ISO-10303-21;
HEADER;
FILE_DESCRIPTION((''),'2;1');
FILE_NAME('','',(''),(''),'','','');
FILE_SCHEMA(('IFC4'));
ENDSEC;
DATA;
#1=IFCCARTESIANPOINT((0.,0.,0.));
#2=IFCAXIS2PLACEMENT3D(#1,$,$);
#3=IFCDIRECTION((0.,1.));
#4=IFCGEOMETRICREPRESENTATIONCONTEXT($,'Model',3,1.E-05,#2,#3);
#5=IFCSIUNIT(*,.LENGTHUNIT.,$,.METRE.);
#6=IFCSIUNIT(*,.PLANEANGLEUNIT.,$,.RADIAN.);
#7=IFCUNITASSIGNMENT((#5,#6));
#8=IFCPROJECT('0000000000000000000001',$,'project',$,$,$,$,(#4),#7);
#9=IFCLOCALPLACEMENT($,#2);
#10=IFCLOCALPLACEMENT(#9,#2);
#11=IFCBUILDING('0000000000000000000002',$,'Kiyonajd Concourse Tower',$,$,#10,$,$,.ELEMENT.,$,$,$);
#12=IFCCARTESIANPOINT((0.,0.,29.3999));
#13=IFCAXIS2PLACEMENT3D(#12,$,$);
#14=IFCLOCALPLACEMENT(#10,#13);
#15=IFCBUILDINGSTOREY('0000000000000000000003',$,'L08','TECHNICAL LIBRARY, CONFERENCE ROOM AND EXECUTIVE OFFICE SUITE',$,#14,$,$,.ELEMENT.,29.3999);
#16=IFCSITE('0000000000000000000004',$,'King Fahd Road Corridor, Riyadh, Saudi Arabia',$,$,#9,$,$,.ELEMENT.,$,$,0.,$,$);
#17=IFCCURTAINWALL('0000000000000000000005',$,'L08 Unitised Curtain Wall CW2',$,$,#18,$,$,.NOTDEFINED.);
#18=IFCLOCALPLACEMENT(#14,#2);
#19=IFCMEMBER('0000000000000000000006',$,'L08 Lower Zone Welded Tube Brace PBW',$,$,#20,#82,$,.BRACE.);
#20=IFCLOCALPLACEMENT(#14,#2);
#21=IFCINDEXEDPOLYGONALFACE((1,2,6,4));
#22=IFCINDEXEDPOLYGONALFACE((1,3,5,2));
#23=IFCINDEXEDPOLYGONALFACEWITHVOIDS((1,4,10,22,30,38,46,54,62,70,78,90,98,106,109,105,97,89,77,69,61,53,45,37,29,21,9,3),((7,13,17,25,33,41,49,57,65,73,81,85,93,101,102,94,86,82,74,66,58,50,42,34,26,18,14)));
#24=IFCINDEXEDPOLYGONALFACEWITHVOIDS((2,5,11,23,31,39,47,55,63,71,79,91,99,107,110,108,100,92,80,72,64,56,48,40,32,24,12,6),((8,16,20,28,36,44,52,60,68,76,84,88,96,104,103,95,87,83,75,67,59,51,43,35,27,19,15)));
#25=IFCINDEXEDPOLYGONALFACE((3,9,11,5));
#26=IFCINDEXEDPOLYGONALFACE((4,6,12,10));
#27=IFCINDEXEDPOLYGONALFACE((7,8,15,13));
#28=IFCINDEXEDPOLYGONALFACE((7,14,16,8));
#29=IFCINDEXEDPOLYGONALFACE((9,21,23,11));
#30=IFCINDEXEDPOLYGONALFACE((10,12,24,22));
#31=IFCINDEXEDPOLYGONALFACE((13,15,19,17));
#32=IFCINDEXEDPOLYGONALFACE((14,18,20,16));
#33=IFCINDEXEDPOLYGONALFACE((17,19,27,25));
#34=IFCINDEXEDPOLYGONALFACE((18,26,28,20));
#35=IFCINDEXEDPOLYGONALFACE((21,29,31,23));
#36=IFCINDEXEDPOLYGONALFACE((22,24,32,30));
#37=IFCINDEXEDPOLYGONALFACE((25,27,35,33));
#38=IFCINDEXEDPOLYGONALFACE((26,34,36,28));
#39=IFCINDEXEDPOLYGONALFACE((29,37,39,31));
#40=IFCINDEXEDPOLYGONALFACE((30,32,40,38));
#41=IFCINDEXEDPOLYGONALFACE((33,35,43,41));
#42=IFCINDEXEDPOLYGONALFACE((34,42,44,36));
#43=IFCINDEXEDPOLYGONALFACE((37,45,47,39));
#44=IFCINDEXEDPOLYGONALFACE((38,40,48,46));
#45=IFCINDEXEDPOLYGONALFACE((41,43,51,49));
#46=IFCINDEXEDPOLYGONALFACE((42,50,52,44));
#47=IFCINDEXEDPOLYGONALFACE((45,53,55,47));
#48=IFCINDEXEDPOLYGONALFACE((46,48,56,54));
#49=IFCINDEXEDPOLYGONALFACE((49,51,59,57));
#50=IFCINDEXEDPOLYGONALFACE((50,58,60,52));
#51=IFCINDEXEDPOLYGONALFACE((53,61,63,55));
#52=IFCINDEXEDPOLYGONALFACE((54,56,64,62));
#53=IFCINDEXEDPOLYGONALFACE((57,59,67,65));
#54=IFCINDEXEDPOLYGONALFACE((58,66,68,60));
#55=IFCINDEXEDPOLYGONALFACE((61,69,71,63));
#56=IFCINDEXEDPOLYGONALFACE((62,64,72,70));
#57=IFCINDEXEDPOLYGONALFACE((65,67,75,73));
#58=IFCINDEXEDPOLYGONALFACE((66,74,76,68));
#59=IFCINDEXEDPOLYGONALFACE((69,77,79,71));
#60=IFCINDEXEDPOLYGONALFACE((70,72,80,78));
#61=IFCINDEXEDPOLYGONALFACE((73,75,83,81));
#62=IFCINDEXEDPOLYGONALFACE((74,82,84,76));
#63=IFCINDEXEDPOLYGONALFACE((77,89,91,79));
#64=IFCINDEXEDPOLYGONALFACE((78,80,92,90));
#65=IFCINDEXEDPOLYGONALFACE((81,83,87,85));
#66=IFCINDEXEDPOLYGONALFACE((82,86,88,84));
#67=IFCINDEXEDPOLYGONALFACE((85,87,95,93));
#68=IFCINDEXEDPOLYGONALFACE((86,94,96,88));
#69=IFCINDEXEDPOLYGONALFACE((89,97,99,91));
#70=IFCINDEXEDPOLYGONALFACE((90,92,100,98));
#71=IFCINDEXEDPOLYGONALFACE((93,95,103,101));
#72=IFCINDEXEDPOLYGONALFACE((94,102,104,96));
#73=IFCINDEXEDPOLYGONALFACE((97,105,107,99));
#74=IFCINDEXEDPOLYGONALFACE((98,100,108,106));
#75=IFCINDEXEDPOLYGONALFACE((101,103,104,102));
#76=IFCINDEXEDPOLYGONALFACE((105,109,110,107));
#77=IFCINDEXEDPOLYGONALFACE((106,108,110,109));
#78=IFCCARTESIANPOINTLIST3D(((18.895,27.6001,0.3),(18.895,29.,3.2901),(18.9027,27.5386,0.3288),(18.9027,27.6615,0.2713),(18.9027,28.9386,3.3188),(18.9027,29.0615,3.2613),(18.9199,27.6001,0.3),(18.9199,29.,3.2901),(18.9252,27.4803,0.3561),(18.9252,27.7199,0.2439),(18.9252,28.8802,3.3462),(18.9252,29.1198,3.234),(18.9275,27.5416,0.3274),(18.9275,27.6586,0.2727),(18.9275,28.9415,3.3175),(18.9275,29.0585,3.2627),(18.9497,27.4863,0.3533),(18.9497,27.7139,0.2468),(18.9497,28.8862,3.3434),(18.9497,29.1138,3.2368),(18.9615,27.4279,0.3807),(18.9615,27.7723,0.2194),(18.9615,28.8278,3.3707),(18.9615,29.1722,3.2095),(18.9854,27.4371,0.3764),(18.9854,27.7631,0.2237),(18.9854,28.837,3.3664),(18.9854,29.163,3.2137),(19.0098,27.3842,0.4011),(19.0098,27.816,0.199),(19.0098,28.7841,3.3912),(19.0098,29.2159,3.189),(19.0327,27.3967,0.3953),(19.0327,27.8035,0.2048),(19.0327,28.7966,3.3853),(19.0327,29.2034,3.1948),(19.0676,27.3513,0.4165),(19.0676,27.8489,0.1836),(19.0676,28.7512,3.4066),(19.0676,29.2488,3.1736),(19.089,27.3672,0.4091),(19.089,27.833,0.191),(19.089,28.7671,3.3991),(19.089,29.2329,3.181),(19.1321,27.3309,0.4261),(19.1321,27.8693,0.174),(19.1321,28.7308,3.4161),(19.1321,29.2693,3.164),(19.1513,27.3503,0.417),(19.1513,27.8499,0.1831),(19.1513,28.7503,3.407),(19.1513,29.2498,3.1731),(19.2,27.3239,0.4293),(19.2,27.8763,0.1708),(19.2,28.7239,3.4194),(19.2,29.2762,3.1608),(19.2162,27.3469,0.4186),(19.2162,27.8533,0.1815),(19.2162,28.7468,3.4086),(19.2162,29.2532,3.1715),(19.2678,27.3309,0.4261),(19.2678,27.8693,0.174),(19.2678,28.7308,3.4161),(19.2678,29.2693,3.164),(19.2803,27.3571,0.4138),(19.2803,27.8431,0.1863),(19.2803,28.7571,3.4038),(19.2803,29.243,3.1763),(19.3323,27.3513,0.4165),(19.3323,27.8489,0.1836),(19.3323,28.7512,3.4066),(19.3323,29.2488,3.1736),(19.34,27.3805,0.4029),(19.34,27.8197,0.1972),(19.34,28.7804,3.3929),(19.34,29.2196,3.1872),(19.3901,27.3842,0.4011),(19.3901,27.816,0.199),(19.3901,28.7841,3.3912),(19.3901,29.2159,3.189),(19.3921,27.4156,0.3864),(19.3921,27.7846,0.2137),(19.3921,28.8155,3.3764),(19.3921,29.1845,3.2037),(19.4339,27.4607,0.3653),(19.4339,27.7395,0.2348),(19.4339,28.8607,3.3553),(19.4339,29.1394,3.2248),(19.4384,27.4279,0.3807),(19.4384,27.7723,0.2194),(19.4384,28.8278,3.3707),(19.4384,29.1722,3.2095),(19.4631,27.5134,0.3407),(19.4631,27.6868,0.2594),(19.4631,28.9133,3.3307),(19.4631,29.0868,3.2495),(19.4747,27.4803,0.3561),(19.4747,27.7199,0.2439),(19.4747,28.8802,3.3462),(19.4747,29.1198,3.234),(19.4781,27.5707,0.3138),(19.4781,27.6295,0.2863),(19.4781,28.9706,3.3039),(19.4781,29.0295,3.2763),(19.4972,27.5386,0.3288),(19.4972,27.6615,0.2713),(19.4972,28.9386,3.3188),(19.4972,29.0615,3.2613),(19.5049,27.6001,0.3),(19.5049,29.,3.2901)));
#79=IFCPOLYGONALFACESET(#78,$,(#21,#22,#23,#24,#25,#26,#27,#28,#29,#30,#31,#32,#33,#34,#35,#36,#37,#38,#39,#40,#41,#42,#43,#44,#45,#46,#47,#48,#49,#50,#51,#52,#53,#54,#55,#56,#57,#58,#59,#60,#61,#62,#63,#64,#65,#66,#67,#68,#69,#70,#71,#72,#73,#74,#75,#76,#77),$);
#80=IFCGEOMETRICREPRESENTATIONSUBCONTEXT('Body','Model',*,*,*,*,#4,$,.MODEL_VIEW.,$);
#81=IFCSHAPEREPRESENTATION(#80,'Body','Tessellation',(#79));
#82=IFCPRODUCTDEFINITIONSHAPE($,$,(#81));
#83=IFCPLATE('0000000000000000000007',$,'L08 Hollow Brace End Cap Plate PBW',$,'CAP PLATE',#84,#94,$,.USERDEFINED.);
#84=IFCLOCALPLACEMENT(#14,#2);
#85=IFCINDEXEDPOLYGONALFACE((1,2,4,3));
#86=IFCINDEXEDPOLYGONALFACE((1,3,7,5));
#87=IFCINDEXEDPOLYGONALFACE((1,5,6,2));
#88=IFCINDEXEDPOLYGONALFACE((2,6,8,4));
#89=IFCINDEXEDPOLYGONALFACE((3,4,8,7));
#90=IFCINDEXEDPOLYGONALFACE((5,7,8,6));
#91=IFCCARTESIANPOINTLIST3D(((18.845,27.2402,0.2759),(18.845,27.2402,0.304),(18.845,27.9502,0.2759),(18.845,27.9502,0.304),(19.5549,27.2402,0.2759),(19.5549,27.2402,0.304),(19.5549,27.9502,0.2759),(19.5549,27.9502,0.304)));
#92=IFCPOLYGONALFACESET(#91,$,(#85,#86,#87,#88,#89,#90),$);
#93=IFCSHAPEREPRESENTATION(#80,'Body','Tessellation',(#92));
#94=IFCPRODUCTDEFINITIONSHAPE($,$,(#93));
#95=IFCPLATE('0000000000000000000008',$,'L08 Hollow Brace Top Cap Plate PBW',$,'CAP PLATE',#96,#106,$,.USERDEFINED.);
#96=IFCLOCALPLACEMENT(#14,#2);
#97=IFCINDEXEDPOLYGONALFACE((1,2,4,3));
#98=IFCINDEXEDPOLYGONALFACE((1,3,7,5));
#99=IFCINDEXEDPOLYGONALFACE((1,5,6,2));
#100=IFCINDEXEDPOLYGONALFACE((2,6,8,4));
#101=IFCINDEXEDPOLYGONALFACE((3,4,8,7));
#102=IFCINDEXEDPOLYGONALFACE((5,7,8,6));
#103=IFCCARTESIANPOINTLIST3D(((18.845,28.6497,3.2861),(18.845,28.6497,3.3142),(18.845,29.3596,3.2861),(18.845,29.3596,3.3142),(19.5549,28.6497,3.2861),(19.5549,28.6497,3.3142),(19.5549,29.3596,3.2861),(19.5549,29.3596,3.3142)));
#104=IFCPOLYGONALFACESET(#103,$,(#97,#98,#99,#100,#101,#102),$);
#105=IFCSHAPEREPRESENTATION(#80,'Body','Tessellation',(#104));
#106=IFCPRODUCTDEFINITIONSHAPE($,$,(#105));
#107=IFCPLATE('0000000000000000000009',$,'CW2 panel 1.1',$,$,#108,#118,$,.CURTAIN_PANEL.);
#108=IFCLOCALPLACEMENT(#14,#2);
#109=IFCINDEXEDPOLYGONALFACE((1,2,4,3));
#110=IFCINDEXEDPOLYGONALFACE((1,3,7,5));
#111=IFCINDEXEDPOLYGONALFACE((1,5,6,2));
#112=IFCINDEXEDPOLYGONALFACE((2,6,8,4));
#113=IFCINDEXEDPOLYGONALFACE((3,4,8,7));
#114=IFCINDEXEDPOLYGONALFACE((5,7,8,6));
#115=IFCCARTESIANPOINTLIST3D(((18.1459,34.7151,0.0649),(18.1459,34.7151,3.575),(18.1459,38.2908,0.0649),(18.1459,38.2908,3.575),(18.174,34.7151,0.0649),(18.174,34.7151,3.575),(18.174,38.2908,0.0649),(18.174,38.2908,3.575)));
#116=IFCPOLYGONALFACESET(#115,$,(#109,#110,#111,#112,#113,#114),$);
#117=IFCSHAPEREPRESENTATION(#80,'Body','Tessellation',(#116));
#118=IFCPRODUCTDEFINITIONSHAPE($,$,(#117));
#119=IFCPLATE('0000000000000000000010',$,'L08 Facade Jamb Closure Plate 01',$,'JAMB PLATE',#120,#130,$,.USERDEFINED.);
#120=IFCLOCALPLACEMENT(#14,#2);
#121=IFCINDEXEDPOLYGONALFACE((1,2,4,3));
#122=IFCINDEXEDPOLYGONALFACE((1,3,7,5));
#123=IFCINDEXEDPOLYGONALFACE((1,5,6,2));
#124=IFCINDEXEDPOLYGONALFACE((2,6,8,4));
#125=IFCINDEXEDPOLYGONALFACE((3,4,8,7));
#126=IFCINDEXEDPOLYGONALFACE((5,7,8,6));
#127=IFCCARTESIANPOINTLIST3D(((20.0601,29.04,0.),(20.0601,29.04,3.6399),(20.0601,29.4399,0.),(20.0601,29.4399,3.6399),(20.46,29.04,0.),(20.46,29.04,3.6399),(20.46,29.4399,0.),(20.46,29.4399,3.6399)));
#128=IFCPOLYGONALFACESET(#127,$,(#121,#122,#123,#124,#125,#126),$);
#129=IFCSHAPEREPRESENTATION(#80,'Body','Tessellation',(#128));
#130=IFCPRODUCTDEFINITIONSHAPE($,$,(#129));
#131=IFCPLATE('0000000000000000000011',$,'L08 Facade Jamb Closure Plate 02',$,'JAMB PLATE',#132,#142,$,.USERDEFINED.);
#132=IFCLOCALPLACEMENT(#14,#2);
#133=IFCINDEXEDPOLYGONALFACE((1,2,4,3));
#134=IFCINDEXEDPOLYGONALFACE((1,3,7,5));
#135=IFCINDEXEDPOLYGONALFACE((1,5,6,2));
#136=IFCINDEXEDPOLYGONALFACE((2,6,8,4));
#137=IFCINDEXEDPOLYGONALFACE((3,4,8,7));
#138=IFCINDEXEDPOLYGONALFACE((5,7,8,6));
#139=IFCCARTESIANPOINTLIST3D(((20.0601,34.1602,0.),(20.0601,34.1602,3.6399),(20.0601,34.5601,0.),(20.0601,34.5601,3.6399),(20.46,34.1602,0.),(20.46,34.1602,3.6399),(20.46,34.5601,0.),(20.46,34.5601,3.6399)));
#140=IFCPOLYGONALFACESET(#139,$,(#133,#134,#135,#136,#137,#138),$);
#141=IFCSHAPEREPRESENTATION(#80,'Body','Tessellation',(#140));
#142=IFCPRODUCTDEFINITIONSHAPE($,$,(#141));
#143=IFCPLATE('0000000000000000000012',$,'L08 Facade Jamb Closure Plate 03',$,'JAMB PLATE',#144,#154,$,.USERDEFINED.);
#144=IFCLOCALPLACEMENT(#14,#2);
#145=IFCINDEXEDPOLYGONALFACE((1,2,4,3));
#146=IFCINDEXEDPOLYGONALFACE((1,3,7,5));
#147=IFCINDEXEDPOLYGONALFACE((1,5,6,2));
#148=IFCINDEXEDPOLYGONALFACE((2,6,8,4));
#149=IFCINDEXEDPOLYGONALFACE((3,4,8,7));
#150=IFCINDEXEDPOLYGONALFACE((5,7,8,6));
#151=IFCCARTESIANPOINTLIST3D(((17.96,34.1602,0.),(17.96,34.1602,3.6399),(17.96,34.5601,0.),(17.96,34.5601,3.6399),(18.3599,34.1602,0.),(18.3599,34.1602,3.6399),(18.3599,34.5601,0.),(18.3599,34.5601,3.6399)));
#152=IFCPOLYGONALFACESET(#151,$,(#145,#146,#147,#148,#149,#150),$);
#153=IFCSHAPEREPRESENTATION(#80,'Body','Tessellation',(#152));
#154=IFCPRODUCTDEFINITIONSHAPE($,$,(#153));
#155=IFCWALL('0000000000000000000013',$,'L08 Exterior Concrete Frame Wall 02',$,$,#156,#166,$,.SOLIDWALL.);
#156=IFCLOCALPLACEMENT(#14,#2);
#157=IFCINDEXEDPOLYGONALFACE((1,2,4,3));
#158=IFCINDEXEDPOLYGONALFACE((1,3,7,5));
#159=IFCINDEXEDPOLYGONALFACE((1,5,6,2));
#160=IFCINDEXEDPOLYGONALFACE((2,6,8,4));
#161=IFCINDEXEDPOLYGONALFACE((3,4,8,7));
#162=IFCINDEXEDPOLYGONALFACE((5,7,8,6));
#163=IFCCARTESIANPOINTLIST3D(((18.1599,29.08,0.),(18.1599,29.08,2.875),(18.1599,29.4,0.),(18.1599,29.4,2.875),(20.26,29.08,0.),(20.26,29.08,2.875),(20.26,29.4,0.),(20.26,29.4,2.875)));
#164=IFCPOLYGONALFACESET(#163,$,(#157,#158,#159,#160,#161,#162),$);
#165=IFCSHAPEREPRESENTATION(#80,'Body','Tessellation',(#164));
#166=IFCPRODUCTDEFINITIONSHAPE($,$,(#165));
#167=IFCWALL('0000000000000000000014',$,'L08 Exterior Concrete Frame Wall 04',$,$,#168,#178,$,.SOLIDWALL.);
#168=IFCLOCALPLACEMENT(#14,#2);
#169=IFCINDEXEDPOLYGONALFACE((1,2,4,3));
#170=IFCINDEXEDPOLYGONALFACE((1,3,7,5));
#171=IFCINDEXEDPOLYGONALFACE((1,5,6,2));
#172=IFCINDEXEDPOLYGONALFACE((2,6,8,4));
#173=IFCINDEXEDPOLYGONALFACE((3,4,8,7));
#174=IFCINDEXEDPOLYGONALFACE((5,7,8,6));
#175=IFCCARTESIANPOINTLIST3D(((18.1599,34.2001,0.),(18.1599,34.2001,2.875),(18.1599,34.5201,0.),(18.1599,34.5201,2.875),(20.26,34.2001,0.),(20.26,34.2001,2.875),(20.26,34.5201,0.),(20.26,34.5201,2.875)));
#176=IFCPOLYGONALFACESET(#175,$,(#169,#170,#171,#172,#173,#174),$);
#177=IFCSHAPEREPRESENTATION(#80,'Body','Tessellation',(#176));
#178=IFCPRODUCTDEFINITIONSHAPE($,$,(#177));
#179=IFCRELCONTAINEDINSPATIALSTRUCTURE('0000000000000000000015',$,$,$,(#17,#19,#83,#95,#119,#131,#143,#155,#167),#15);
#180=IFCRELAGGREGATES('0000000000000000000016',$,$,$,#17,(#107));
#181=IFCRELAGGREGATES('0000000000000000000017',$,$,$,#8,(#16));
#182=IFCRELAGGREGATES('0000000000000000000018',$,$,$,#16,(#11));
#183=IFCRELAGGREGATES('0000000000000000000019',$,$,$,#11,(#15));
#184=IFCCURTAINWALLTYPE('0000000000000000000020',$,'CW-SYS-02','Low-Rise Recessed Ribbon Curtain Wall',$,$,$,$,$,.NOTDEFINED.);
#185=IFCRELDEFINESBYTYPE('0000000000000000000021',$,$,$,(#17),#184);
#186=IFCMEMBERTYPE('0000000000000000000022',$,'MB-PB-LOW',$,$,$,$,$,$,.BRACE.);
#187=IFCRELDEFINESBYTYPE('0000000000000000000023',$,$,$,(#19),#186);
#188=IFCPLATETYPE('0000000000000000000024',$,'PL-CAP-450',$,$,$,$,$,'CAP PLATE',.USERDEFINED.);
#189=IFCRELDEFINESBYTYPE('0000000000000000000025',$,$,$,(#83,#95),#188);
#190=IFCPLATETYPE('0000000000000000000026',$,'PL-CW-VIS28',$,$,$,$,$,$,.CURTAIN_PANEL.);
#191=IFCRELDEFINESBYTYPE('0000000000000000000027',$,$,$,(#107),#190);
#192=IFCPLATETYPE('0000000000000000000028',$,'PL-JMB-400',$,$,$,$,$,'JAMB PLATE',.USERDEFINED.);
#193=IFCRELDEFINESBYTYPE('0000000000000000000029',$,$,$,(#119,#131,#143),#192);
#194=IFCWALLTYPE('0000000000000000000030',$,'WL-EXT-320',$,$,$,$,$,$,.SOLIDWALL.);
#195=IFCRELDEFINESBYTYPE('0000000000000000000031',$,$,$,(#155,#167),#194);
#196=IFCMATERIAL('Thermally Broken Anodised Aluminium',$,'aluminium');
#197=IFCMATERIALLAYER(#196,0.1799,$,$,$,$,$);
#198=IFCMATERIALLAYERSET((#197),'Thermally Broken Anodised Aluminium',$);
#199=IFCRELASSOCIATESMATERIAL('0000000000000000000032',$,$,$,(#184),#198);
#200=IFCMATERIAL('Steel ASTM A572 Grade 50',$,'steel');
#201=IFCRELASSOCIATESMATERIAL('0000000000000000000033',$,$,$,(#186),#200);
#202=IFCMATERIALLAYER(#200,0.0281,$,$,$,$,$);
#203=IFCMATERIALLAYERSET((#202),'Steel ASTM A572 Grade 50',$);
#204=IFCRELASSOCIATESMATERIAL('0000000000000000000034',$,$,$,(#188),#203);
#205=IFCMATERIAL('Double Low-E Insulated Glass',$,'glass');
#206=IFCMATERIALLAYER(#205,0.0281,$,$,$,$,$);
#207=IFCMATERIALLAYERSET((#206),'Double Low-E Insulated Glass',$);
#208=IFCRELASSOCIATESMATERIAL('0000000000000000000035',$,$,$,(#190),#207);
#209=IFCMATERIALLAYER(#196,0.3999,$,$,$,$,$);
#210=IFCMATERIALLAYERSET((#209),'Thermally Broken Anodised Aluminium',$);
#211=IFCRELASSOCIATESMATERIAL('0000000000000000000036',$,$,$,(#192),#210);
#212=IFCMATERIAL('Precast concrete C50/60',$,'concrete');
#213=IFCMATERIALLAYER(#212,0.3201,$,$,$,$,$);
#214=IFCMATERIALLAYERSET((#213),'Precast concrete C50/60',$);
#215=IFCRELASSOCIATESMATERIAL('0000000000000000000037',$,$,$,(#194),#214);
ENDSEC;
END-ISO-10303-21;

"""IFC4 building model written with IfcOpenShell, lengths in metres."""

from ifc_helpers import new_model, si_unit, direction, frame, frame_2d, origin, origin_2d, place, context, subcontext, project, spatial, rectangle, hollow_circle, extrude, material, layer, layer_set, material_profile, profile_set, type_object, element, aggregate, save


model = new_model("IFC4")

# Units and contexts
model_context = context("Model", 3, precision=1e-05, world=origin(), true_north=direction((0.0, 1.0)))
body_context = subcontext(model_context, "Body", "Model", "MODEL_VIEW")
ifc_project = project(units=[si_unit("LENGTHUNIT", "METRE"), si_unit("PLANEANGLEUNIT", "RADIAN")], contexts=[model_context])

# Site, building, storey
site_placement = place(None, origin())
site = spatial("IfcSite", under=ifc_project, at=site_placement, Name="King Fahd Road Corridor, Riyadh, Saudi Arabia", CompositionType="ELEMENT", RefElevation=0.0)
building_placement = place(site_placement, origin())
building = spatial("IfcBuilding", under=site, at=building_placement, Name="Kiyonajd Concourse Tower", CompositionType="ELEMENT")
storey_placement = place(building_placement, frame((0.0, 0.0, 29.3999)))
storey = spatial("IfcBuildingStorey", under=building, at=storey_placement, Name="L08", Description="TECHNICAL LIBRARY, CONFERENCE ROOM AND EXECUTIVE OFFICE SUITE", CompositionType="ELEMENT", Elevation=29.3999)

# Shared definitions
ifc_material_1 = material(Name="Precast concrete C50/60", Category="concrete")

# Curtain wall
ifc_material_2 = material(Name="Thermally Broken Anodised Aluminium", Category="aluminium")
ifc_layer_1 = layer(ifc_material_2, 0.1799)
ifc_layer_set_1 = layer_set([ifc_layer_1], Name="Thermally Broken Anodised Aluminium")
curtain_wall_type = type_object("IfcCurtainWallType", Name="CW-SYS-02", Description="Low-Rise Recessed Ribbon Curtain Wall", PredefinedType="NOTDEFINED", material=ifc_layer_set_1)
curtain_wall_placement = place(storey_placement, origin())
curtain_wall = element("IfcCurtainWall", 1, at=curtain_wall_placement, inside=storey, type_object=curtain_wall_type, Name="L08 Unitised Curtain Wall CW2", PredefinedType="NOTDEFINED")

# Member
ifc_material_3 = material(Name="Steel ASTM A572 Grade 50", Category="steel")
ifc_material_profile_1 = material_profile(ifc_material_3, hollow_circle(Radius=0.3049, WallThickness=0.0249, at=origin_2d()), Name="CHS-610x25")
ifc_profile_set_1 = profile_set([ifc_material_profile_1], Name="Steel ASTM A572 Grade 50")
member_type_1 = type_object("IfcMemberType", Name="MB-PB-LOW", PredefinedType="BRACE", material=ifc_profile_set_1)
member_1_placement = place(storey_placement, frame((19.2, 27.6001, 0.3), z_axis=(0.0, 0.424023, 0.905652), x_axis=(-1.0, 0.0, 0.0)))
element("IfcMember", 2, at=member_1_placement, inside=storey, type_object=member_type_1, Name="L08 Lower Zone Welded Tube Brace PBW", PredefinedType="BRACE", context=body_context, shape_type="SweptSolid", body=[
    extrude(hollow_circle(Radius=0.3049, WallThickness=0.0249, at=origin_2d()), origin(), (0.0, 0.0, 1.0), 3.3015),
])

# Plates
ifc_layer_2 = layer(ifc_material_3, 0.0281)
ifc_layer_set_2 = layer_set([ifc_layer_2], Name="Steel ASTM A572 Grade 50")
plate_type_1 = type_object("IfcPlateType", Name="PL-CAP-450", ElementType="CAP PLATE", PredefinedType="USERDEFINED", material=ifc_layer_set_2)
for number, where, z_axis, x_axis, name in (
    (3, (19.2, 27.5952, 0.2759), (0.0, 0.0, 1.0), (1.0, 0.0, 0.0), "L08 Hollow Brace End Cap Plate PBW"),
    (4, (19.2, 29.0046, 3.2861), (0.0, 0.0, 1.0), (1.0, 0.0, 0.0), "L08 Hollow Brace Top Cap Plate PBW"),
):
    element("IfcPlate", number, at=place(storey_placement, frame(where, z_axis=z_axis, x_axis=x_axis)), inside=storey, type_object=plate_type_1, Name=name, ObjectType="CAP PLATE", PredefinedType="USERDEFINED", context=body_context, shape_type="SweptSolid", body=[
        extrude(rectangle(XDim=0.71, YDim=0.71, at=origin_2d()), origin(), (0.0, 0.0, 1.0), 0.0281),
    ])

# Plate
ifc_material_4 = material(Name="Double Low-E Insulated Glass", Category="glass")
ifc_layer_3 = layer(ifc_material_4, 0.0281)
ifc_layer_set_3 = layer_set([ifc_layer_3], Name="Double Low-E Insulated Glass")
plate_type_2 = type_object("IfcPlateType", Name="PL-CW-VIS28", PredefinedType="CURTAIN_PANEL", material=ifc_layer_set_3)
plate_placement = place(storey_placement, frame((18.1599, 36.5029, 0.0649), z_axis=(0.0, 0.0, 1.0), x_axis=(0.0, 1.0, 0.0)))
plate = element("IfcPlate", 5, at=plate_placement, type_object=plate_type_2, Name="CW2 panel 1.1", PredefinedType="CURTAIN_PANEL", context=body_context, shape_type="SweptSolid", body=[
    extrude(rectangle(XDim=3.5757, YDim=0.0281, at=origin_2d()), origin(), (0.0, 0.0, 1.0), 3.51),
])
aggregate(curtain_wall, [plate])

# Plates
ifc_layer_4 = layer(ifc_material_2, 0.3999)
ifc_layer_set_4 = layer_set([ifc_layer_4], Name="Thermally Broken Anodised Aluminium")
plate_type_3 = type_object("IfcPlateType", Name="PL-JMB-400", ElementType="JAMB PLATE", PredefinedType="USERDEFINED", material=ifc_layer_set_4)
for number, where, z_axis, x_axis, name in (
    (6, (20.26, 29.24, 0.0), (0.0, 0.0, 1.0), (1.0, 0.0, 0.0), "L08 Facade Jamb Closure Plate 01"),
    (7, (20.26, 34.3601, 0.0), (0.0, 0.0, 1.0), (1.0, 0.0, 0.0), "L08 Facade Jamb Closure Plate 02"),
    (8, (18.1599, 34.3601, 0.0), (0.0, 0.0, 1.0), (1.0, 0.0, 0.0), "L08 Facade Jamb Closure Plate 03"),
):
    element("IfcPlate", number, at=place(storey_placement, frame(where, z_axis=z_axis, x_axis=x_axis)), inside=storey, type_object=plate_type_3, Name=name, ObjectType="JAMB PLATE", PredefinedType="USERDEFINED", context=body_context, shape_type="SweptSolid", body=[
        extrude(rectangle(XDim=0.3999, YDim=0.3999, at=origin_2d()), origin(), (0.0, 0.0, 1.0), 3.6399),
    ])

# Walls
ifc_layer_5 = layer(ifc_material_1, 0.3201)
ifc_layer_set_5 = layer_set([ifc_layer_5], Name="Precast concrete C50/60")
wall_type_1 = type_object("IfcWallType", Name="WL-EXT-320", PredefinedType="SOLIDWALL", material=ifc_layer_set_5)
for number, where, z_axis, x_axis, name in (
    (9, (18.1599, 29.24, 0.0), (0.0, 0.0, 1.0), (1.0, 0.0, 0.0), "L08 Exterior Concrete Frame Wall 02"),
    (10, (20.26, 34.3601, 0.0), (0.0, 0.0, 1.0), (-1.0, 0.0, 0.0), "L08 Exterior Concrete Frame Wall 04"),
):
    element("IfcWall", number, at=place(storey_placement, frame(where, z_axis=z_axis, x_axis=x_axis)), inside=storey, type_object=wall_type_1, Name=name, PredefinedType="SOLIDWALL", context=body_context, shape_type="SweptSolid", body=[
        extrude(rectangle(XDim=2.1001, YDim=0.3201, at=frame_2d((1.05, 0.0))), origin(), (0.0, 0.0, 1.0), 2.875),
    ])

save(model, "model.ifc")
